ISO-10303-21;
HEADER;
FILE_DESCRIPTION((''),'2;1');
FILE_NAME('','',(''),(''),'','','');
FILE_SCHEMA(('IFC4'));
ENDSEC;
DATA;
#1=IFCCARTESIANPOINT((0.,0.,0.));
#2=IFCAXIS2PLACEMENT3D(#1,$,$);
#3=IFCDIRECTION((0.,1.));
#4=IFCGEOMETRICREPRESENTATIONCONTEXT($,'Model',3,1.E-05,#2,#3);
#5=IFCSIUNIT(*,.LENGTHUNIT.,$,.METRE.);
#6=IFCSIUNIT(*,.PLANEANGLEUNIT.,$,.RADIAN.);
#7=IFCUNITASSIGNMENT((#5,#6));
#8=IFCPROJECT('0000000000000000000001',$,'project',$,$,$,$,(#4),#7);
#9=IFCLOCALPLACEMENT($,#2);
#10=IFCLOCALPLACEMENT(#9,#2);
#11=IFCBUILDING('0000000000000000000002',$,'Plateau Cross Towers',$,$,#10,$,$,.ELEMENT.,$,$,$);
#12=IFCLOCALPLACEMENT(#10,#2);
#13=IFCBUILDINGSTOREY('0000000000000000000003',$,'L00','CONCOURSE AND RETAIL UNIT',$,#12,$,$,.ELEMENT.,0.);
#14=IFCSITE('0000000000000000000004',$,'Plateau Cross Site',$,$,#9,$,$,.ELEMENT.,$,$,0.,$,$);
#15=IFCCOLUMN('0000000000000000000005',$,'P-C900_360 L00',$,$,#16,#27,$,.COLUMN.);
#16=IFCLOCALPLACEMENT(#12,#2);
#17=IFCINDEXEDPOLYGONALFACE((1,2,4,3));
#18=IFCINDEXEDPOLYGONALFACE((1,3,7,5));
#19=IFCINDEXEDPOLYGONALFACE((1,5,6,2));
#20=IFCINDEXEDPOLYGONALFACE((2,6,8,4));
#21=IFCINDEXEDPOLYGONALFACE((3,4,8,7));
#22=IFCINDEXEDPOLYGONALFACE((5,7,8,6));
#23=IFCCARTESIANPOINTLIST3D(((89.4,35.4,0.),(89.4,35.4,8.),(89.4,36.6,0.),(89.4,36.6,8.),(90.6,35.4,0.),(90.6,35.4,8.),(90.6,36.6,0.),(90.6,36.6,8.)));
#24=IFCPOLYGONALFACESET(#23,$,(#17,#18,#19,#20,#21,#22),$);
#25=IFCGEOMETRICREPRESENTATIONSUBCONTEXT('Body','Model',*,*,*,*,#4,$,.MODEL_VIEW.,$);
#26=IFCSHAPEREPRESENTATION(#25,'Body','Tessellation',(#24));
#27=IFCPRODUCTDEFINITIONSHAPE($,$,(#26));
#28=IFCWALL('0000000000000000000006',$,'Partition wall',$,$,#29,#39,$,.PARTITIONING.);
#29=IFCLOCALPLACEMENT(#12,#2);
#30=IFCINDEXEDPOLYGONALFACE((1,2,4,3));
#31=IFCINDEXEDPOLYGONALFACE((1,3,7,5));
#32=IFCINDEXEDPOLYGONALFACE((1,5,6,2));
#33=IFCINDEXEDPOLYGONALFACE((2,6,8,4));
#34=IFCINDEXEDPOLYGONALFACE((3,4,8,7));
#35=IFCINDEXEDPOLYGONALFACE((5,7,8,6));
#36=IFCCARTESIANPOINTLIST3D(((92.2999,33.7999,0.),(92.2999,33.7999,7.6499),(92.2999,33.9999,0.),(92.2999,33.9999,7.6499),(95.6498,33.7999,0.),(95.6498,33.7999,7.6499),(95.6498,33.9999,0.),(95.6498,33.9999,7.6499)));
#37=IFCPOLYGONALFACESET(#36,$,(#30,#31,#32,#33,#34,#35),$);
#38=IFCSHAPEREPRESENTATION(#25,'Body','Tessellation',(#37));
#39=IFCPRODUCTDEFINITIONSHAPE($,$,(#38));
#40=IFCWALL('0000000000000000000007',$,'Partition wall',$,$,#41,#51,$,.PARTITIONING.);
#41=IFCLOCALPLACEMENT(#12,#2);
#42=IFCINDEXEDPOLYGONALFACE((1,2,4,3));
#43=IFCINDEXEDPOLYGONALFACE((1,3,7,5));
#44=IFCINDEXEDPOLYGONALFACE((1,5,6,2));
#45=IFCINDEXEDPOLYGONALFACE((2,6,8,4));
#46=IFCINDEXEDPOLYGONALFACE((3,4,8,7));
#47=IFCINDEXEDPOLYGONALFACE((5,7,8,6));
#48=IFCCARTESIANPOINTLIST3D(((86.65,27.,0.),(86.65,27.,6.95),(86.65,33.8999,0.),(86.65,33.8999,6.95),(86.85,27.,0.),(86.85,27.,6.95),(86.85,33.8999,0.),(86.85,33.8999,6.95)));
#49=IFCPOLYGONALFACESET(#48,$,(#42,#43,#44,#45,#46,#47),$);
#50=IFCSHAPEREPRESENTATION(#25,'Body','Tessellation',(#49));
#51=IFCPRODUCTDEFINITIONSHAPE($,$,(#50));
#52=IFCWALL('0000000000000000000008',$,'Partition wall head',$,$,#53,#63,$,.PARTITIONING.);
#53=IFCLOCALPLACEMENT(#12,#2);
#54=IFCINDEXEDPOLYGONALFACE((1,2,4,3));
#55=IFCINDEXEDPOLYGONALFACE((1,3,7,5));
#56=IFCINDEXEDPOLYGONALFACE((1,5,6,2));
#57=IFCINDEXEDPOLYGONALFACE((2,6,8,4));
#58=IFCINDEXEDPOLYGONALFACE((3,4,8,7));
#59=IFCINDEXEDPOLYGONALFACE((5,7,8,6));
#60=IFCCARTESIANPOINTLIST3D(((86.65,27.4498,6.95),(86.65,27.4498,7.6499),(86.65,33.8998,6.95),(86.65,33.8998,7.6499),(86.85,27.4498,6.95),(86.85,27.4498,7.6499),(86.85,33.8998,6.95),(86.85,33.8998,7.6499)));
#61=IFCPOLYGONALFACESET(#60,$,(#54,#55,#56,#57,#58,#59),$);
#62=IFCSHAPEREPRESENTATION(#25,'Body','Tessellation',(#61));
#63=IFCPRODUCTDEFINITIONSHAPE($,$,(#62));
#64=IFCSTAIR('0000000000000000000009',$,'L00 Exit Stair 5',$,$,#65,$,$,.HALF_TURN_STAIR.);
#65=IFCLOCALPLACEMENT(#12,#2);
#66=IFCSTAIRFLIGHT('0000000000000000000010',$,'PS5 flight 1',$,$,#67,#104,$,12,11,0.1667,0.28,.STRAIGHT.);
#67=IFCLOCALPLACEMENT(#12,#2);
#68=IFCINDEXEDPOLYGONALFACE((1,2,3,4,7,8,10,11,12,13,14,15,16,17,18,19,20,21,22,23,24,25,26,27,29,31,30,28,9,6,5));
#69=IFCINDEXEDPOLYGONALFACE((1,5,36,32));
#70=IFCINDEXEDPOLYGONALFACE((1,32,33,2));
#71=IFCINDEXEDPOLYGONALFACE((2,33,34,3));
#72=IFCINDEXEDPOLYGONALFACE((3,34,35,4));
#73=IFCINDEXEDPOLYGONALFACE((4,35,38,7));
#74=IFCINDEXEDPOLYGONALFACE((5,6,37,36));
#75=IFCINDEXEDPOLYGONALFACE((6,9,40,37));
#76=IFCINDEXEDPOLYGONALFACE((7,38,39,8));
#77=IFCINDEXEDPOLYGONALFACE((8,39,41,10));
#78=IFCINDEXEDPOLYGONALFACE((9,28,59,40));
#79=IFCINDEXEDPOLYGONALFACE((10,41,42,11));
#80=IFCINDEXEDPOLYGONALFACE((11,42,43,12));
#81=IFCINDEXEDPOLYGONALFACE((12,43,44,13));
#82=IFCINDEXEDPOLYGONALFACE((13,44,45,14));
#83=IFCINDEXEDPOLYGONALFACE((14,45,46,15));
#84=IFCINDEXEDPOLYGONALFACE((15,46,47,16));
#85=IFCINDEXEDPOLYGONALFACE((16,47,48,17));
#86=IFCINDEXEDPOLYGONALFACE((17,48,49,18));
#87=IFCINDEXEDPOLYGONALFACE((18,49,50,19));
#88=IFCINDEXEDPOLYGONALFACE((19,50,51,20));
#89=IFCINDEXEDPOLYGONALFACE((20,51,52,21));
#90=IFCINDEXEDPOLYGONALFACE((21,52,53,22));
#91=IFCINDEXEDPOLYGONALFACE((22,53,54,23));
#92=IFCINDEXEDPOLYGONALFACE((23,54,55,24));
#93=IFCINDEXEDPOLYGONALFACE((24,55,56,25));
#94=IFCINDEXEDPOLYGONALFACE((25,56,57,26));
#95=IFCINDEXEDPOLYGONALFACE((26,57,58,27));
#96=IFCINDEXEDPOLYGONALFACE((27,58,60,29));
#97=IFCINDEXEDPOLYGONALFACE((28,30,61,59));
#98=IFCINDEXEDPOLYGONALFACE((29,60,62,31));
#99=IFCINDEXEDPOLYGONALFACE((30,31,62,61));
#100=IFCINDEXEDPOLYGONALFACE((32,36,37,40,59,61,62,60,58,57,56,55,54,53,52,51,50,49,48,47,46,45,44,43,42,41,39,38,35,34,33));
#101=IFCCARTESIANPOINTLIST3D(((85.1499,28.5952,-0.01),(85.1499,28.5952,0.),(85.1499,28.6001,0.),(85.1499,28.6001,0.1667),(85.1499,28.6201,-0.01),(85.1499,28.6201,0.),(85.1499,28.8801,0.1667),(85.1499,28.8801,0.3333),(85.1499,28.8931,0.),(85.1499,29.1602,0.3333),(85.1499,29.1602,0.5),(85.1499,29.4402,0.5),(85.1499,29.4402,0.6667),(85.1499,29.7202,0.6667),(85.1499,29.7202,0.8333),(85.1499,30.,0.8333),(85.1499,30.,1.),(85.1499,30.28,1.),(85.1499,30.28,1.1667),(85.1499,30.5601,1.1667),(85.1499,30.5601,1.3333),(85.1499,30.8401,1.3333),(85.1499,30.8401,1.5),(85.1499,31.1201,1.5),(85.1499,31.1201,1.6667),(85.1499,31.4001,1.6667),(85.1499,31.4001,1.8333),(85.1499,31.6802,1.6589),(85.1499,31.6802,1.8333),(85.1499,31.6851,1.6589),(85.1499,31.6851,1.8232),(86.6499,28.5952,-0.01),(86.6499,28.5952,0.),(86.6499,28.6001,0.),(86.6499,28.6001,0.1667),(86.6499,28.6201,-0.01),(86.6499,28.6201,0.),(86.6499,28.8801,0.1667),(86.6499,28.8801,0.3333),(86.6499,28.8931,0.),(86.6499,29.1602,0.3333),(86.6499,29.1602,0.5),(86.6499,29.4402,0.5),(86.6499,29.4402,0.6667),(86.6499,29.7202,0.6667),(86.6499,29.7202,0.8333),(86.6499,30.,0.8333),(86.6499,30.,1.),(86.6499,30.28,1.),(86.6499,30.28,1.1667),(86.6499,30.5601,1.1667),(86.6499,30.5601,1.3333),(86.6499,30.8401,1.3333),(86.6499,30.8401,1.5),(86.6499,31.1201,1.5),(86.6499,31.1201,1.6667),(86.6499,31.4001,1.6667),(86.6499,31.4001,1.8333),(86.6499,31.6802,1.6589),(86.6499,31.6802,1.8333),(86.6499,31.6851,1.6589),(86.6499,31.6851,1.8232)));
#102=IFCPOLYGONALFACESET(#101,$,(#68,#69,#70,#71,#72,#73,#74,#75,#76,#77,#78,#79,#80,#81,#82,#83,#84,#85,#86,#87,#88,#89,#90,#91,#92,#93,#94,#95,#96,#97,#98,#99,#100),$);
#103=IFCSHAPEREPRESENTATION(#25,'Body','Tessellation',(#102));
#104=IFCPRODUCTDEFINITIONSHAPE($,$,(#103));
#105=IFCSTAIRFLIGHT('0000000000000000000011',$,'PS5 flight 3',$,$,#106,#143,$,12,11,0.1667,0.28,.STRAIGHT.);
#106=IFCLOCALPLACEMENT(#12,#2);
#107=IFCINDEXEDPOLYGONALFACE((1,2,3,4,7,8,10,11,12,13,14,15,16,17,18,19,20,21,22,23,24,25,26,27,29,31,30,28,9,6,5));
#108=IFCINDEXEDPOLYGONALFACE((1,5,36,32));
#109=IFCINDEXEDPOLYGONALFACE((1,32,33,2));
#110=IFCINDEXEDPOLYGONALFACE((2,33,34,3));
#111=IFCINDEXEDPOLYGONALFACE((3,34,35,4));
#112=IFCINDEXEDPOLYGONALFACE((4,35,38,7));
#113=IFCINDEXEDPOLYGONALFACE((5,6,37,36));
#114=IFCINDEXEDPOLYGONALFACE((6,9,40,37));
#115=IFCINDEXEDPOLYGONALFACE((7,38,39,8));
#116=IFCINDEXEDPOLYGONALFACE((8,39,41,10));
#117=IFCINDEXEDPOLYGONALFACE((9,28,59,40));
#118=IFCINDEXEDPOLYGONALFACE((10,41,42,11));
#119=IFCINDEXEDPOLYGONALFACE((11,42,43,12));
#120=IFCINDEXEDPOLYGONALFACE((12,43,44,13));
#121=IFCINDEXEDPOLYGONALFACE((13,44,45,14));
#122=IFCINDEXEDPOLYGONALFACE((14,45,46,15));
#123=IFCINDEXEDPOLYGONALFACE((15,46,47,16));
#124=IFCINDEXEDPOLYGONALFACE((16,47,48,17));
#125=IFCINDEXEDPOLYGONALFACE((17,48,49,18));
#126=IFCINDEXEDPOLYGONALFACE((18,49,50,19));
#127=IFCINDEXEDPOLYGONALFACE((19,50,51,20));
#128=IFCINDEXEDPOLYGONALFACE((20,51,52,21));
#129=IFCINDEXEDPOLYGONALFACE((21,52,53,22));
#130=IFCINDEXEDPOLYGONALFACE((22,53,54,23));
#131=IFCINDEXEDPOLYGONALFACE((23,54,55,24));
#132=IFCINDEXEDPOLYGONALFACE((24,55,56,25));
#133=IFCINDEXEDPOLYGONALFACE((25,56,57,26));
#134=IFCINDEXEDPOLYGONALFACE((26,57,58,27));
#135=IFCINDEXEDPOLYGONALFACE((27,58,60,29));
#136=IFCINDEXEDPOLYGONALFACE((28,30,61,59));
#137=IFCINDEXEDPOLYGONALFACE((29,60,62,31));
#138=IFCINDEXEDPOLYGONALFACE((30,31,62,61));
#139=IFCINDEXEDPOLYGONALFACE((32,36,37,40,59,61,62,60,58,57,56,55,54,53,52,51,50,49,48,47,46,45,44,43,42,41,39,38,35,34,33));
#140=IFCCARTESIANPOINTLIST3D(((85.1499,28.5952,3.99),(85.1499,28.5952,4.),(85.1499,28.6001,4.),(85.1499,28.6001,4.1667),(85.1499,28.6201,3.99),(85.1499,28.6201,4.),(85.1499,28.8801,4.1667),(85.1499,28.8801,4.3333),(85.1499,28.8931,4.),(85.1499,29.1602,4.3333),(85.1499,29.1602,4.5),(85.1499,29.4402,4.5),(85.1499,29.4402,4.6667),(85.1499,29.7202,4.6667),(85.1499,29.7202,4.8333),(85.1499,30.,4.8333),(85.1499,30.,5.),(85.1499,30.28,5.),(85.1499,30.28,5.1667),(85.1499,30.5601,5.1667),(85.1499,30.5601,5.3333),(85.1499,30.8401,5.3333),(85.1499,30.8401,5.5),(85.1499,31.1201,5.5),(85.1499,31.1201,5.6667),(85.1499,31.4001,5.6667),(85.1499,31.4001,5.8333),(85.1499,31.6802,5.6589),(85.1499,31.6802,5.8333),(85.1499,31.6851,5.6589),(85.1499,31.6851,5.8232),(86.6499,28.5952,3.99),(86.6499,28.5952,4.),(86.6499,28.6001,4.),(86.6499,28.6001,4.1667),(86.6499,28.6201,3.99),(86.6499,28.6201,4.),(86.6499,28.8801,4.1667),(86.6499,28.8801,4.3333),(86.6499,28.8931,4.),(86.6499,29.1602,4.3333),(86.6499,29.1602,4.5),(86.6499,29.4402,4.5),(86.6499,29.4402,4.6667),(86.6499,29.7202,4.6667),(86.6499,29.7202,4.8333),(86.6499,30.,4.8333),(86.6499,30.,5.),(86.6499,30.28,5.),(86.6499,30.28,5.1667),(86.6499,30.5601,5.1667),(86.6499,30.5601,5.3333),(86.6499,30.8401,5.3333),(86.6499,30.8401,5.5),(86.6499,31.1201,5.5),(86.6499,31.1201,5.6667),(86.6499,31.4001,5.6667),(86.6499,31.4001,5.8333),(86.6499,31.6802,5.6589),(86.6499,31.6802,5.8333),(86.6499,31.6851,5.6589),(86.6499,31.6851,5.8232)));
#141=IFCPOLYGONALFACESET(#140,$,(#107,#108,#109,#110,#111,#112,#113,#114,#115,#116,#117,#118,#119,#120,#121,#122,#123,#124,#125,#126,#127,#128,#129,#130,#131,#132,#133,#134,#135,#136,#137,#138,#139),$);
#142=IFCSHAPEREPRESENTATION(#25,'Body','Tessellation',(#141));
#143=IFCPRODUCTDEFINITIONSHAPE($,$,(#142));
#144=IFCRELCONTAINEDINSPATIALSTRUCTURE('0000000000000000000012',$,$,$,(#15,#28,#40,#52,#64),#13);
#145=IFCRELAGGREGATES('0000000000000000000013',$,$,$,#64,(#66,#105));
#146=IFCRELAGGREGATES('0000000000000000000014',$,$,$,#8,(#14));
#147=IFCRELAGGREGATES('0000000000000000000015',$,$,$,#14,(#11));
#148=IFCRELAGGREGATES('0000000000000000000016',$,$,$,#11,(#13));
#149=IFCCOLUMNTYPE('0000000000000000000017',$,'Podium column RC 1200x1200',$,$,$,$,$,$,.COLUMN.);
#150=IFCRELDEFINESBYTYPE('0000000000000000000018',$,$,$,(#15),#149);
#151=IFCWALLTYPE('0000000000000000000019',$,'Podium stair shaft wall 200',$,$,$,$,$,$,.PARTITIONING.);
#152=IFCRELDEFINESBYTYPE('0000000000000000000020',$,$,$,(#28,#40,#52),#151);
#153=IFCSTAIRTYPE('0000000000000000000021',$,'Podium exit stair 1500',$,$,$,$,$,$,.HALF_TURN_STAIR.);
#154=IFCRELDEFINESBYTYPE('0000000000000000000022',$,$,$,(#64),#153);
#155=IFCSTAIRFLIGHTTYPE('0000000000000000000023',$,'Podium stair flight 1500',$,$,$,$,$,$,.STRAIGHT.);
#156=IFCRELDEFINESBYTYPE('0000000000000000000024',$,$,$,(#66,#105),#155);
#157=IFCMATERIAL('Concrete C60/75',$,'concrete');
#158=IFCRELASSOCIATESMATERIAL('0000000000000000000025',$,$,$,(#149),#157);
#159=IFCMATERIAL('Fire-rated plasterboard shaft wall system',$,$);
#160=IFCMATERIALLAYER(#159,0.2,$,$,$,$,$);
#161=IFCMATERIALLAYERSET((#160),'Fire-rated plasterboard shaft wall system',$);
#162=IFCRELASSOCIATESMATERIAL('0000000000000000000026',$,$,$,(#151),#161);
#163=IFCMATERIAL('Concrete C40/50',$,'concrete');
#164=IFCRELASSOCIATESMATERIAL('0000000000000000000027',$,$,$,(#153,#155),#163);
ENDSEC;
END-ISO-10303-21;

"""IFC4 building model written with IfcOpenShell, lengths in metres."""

from ifc_helpers import new_model, si_unit, direction, frame, frame_2d, origin, origin_2d, place, context, subcontext, project, spatial, polyline, rectangle, outline, extrude, material, layer, layer_set, material_profile, profile_set, type_object, element, aggregate, save


model = new_model("IFC4")

# Units and contexts
model_context = context("Model", 3, precision=1e-05, world=origin(), true_north=direction((0.0, 1.0)))
body_context = subcontext(model_context, "Body", "Model", "MODEL_VIEW")
ifc_project = project(units=[si_unit("LENGTHUNIT", "METRE"), si_unit("PLANEANGLEUNIT", "RADIAN")], contexts=[model_context])

# Site, building, storey
site_placement = place(None, origin())
site = spatial("IfcSite", under=ifc_project, at=site_placement, Name="Plateau Cross Site", CompositionType="ELEMENT", RefElevation=0.0)
building_placement = place(site_placement, origin())
building = spatial("IfcBuilding", under=site, at=building_placement, Name="Plateau Cross Towers", CompositionType="ELEMENT")
storey_placement = place(building_placement, origin())
storey = spatial("IfcBuildingStorey", under=building, at=storey_placement, Name="L00", Description="CONCOURSE AND RETAIL UNIT", CompositionType="ELEMENT", Elevation=0.0)

# Column
ifc_material_1 = material(Name="Concrete C60/75", Category="concrete")
ifc_material_profile = material_profile(ifc_material_1, rectangle(XDim=1.2, YDim=1.2, at=origin_2d()), Name="RC 1200x1200")
ifc_profile_set = profile_set([ifc_material_profile], Name="Concrete C60/75")
column_type = type_object("IfcColumnType", Name="Podium column RC 1200x1200", PredefinedType="COLUMN", material=ifc_profile_set)
column_placement = place(storey_placement, frame((90.0, 36.0, 0.0), z_axis=(0.0, 0.0, 1.0), x_axis=(1.0, 0.0, 0.0)))
element("IfcColumn", 1, at=column_placement, inside=storey, type_object=column_type, Name="P-C900_360 L00", PredefinedType="COLUMN", context=body_context, shape_type="SweptSolid", body=[
    extrude(rectangle(XDim=1.2, YDim=1.2, at=origin_2d()), origin(), (0.0, 0.0, 1.0), 8.0),
])

# Walls
ifc_material_2 = material(Name="Fire-rated plasterboard shaft wall system")
ifc_layer = layer(ifc_material_2, 0.2)
ifc_layer_set = layer_set([ifc_layer], Name="Fire-rated plasterboard shaft wall system")
wall_type = type_object("IfcWallType", Name="Podium stair shaft wall 200", PredefinedType="PARTITIONING", material=ifc_layer_set)
wall_1_placement = place(storey_placement, frame((92.3, 33.8999, 0.0), z_axis=(0.0, 0.0, 1.0), x_axis=(1.0, 0.0, 0.0)))
element("IfcWall", 2, at=wall_1_placement, inside=storey, type_object=wall_type, Name="Partition wall", PredefinedType="PARTITIONING", context=body_context, shape_type="SweptSolid", body=[
    extrude(rectangle(XDim=3.3499, YDim=0.2, at=frame_2d((1.6748, 0.0))), origin(), (0.0, 0.0, 1.0), 7.6499),
])
wall_2_placement = place(storey_placement, frame((86.75, 33.8999, 0.0), z_axis=(0.0, 0.0, 1.0), x_axis=(0.0, -1.0, 0.0)))
element("IfcWall", 3, at=wall_2_placement, inside=storey, type_object=wall_type, Name="Partition wall", PredefinedType="PARTITIONING", context=body_context, shape_type="SweptSolid", body=[
    extrude(rectangle(XDim=6.8999, YDim=0.2, at=frame_2d((3.45, 0.0))), origin(), (0.0, 0.0, 1.0), 6.95),
])
wall_3_placement = place(storey_placement, frame((86.75, 33.8999, 6.95), z_axis=(0.0, 0.0, 1.0), x_axis=(0.0, -1.0, 0.0)))
element("IfcWall", 4, at=wall_3_placement, inside=storey, type_object=wall_type, Name="Partition wall head", PredefinedType="PARTITIONING", context=body_context, shape_type="SweptSolid", body=[
    extrude(rectangle(XDim=6.45, YDim=0.2, at=frame_2d((3.2251, 0.0))), origin(), (0.0, 0.0, 1.0), 0.7),
])

# Stair, stair flights
ifc_material_3 = material(Name="Concrete C40/50", Category="concrete")
stair_type = type_object("IfcStairType", Name="Podium exit stair 1500", PredefinedType="HALF_TURN_STAIR", material=ifc_material_3)
stair_placement = place(storey_placement, origin())
stair = element("IfcStair", 5, at=stair_placement, inside=storey, type_object=stair_type, Name="L00 Exit Stair 5", PredefinedType="HALF_TURN_STAIR")
stair_flight_type = type_object("IfcStairFlightType", Name="Podium stair flight 1500", PredefinedType="STRAIGHT", material=ifc_material_3)
stair_flight_1_placement = place(storey_placement, frame((85.8999, 28.6001, 0.0), z_axis=(0.0, 0.0, 1.0), x_axis=(0.0, 1.0, 0.0)))
stair_flight_1 = element("IfcStairFlight", 6, at=stair_flight_1_placement, type_object=stair_flight_type, Name="PS5 flight 1", NumberOfRisers=12, NumberOfTreads=11, PredefinedType="STRAIGHT", RiserHeight=0.1667, TreadLength=0.28, context=body_context, shape_type="SweptSolid", body=[
    extrude(outline(polyline([(-0.0049, -0.01), (-0.0049, 0.0), (0.0, 0.0), (0.0, 0.1667), (0.28, 0.1667), (0.28, 0.3333), (0.5601, 0.3333), (0.5601, 0.5), (0.8401, 0.5), (0.8401, 0.6667), (1.1201, 0.6667), (1.1201, 0.8333), (1.3999, 0.8333), (1.3999, 1.0), (1.6799, 1.0), (1.6799, 1.1667), (1.96, 1.1667), (1.96, 1.3333), (2.24, 1.3333), (2.24, 1.5), (2.52, 1.5), (2.52, 1.6667), (2.8, 1.6667), (2.8, 1.8333), (3.0801, 1.8333), (3.085, 1.8232), (3.085, 1.6589), (3.0801, 1.6589), (0.293, 0.0), (0.02, 0.0), (0.02, -0.01), (-0.0049, -0.01)])), frame((0.0, 0.75, 0.0), z_axis=(0.0, -1.0, 0.0), x_axis=(1.0, 0.0, 0.0)), (0.0, 0.0, 1.0), 1.5),
])
stair_flight_2_placement = place(storey_placement, frame((85.8999, 28.6001, 4.0), z_axis=(0.0, 0.0, 1.0), x_axis=(0.0, 1.0, 0.0)))
stair_flight_2 = element("IfcStairFlight", 7, at=stair_flight_2_placement, type_object=stair_flight_type, Name="PS5 flight 3", NumberOfRisers=12, NumberOfTreads=11, PredefinedType="STRAIGHT", RiserHeight=0.1667, TreadLength=0.28, context=body_context, shape_type="SweptSolid", body=[
    extrude(outline(polyline([(-0.0049, -0.01), (-0.0049, 0.0), (0.0, 0.0), (0.0, 0.1667), (0.28, 0.1667), (0.28, 0.3333), (0.5601, 0.3333), (0.5601, 0.5), (0.8401, 0.5), (0.8401, 0.6667), (1.1201, 0.6667), (1.1201, 0.8333), (1.3999, 0.8333), (1.3999, 1.0), (1.6799, 1.0), (1.6799, 1.1667), (1.96, 1.1667), (1.96, 1.3333), (2.24, 1.3333), (2.24, 1.5), (2.52, 1.5), (2.52, 1.6667), (2.8, 1.6667), (2.8, 1.8333), (3.0801, 1.8333), (3.085, 1.8232), (3.085, 1.6589), (3.0801, 1.6589), (0.293, 0.0), (0.02, 0.0), (0.02, -0.01), (-0.0049, -0.01)])), frame((0.0, 0.75, 0.0), z_axis=(0.0, -1.0, 0.0), x_axis=(1.0, 0.0, 0.0)), (0.0, 0.0, 1.0), 1.5),
])
aggregate(stair, [stair_flight_1, stair_flight_2])

save(model, "model.ifc")
